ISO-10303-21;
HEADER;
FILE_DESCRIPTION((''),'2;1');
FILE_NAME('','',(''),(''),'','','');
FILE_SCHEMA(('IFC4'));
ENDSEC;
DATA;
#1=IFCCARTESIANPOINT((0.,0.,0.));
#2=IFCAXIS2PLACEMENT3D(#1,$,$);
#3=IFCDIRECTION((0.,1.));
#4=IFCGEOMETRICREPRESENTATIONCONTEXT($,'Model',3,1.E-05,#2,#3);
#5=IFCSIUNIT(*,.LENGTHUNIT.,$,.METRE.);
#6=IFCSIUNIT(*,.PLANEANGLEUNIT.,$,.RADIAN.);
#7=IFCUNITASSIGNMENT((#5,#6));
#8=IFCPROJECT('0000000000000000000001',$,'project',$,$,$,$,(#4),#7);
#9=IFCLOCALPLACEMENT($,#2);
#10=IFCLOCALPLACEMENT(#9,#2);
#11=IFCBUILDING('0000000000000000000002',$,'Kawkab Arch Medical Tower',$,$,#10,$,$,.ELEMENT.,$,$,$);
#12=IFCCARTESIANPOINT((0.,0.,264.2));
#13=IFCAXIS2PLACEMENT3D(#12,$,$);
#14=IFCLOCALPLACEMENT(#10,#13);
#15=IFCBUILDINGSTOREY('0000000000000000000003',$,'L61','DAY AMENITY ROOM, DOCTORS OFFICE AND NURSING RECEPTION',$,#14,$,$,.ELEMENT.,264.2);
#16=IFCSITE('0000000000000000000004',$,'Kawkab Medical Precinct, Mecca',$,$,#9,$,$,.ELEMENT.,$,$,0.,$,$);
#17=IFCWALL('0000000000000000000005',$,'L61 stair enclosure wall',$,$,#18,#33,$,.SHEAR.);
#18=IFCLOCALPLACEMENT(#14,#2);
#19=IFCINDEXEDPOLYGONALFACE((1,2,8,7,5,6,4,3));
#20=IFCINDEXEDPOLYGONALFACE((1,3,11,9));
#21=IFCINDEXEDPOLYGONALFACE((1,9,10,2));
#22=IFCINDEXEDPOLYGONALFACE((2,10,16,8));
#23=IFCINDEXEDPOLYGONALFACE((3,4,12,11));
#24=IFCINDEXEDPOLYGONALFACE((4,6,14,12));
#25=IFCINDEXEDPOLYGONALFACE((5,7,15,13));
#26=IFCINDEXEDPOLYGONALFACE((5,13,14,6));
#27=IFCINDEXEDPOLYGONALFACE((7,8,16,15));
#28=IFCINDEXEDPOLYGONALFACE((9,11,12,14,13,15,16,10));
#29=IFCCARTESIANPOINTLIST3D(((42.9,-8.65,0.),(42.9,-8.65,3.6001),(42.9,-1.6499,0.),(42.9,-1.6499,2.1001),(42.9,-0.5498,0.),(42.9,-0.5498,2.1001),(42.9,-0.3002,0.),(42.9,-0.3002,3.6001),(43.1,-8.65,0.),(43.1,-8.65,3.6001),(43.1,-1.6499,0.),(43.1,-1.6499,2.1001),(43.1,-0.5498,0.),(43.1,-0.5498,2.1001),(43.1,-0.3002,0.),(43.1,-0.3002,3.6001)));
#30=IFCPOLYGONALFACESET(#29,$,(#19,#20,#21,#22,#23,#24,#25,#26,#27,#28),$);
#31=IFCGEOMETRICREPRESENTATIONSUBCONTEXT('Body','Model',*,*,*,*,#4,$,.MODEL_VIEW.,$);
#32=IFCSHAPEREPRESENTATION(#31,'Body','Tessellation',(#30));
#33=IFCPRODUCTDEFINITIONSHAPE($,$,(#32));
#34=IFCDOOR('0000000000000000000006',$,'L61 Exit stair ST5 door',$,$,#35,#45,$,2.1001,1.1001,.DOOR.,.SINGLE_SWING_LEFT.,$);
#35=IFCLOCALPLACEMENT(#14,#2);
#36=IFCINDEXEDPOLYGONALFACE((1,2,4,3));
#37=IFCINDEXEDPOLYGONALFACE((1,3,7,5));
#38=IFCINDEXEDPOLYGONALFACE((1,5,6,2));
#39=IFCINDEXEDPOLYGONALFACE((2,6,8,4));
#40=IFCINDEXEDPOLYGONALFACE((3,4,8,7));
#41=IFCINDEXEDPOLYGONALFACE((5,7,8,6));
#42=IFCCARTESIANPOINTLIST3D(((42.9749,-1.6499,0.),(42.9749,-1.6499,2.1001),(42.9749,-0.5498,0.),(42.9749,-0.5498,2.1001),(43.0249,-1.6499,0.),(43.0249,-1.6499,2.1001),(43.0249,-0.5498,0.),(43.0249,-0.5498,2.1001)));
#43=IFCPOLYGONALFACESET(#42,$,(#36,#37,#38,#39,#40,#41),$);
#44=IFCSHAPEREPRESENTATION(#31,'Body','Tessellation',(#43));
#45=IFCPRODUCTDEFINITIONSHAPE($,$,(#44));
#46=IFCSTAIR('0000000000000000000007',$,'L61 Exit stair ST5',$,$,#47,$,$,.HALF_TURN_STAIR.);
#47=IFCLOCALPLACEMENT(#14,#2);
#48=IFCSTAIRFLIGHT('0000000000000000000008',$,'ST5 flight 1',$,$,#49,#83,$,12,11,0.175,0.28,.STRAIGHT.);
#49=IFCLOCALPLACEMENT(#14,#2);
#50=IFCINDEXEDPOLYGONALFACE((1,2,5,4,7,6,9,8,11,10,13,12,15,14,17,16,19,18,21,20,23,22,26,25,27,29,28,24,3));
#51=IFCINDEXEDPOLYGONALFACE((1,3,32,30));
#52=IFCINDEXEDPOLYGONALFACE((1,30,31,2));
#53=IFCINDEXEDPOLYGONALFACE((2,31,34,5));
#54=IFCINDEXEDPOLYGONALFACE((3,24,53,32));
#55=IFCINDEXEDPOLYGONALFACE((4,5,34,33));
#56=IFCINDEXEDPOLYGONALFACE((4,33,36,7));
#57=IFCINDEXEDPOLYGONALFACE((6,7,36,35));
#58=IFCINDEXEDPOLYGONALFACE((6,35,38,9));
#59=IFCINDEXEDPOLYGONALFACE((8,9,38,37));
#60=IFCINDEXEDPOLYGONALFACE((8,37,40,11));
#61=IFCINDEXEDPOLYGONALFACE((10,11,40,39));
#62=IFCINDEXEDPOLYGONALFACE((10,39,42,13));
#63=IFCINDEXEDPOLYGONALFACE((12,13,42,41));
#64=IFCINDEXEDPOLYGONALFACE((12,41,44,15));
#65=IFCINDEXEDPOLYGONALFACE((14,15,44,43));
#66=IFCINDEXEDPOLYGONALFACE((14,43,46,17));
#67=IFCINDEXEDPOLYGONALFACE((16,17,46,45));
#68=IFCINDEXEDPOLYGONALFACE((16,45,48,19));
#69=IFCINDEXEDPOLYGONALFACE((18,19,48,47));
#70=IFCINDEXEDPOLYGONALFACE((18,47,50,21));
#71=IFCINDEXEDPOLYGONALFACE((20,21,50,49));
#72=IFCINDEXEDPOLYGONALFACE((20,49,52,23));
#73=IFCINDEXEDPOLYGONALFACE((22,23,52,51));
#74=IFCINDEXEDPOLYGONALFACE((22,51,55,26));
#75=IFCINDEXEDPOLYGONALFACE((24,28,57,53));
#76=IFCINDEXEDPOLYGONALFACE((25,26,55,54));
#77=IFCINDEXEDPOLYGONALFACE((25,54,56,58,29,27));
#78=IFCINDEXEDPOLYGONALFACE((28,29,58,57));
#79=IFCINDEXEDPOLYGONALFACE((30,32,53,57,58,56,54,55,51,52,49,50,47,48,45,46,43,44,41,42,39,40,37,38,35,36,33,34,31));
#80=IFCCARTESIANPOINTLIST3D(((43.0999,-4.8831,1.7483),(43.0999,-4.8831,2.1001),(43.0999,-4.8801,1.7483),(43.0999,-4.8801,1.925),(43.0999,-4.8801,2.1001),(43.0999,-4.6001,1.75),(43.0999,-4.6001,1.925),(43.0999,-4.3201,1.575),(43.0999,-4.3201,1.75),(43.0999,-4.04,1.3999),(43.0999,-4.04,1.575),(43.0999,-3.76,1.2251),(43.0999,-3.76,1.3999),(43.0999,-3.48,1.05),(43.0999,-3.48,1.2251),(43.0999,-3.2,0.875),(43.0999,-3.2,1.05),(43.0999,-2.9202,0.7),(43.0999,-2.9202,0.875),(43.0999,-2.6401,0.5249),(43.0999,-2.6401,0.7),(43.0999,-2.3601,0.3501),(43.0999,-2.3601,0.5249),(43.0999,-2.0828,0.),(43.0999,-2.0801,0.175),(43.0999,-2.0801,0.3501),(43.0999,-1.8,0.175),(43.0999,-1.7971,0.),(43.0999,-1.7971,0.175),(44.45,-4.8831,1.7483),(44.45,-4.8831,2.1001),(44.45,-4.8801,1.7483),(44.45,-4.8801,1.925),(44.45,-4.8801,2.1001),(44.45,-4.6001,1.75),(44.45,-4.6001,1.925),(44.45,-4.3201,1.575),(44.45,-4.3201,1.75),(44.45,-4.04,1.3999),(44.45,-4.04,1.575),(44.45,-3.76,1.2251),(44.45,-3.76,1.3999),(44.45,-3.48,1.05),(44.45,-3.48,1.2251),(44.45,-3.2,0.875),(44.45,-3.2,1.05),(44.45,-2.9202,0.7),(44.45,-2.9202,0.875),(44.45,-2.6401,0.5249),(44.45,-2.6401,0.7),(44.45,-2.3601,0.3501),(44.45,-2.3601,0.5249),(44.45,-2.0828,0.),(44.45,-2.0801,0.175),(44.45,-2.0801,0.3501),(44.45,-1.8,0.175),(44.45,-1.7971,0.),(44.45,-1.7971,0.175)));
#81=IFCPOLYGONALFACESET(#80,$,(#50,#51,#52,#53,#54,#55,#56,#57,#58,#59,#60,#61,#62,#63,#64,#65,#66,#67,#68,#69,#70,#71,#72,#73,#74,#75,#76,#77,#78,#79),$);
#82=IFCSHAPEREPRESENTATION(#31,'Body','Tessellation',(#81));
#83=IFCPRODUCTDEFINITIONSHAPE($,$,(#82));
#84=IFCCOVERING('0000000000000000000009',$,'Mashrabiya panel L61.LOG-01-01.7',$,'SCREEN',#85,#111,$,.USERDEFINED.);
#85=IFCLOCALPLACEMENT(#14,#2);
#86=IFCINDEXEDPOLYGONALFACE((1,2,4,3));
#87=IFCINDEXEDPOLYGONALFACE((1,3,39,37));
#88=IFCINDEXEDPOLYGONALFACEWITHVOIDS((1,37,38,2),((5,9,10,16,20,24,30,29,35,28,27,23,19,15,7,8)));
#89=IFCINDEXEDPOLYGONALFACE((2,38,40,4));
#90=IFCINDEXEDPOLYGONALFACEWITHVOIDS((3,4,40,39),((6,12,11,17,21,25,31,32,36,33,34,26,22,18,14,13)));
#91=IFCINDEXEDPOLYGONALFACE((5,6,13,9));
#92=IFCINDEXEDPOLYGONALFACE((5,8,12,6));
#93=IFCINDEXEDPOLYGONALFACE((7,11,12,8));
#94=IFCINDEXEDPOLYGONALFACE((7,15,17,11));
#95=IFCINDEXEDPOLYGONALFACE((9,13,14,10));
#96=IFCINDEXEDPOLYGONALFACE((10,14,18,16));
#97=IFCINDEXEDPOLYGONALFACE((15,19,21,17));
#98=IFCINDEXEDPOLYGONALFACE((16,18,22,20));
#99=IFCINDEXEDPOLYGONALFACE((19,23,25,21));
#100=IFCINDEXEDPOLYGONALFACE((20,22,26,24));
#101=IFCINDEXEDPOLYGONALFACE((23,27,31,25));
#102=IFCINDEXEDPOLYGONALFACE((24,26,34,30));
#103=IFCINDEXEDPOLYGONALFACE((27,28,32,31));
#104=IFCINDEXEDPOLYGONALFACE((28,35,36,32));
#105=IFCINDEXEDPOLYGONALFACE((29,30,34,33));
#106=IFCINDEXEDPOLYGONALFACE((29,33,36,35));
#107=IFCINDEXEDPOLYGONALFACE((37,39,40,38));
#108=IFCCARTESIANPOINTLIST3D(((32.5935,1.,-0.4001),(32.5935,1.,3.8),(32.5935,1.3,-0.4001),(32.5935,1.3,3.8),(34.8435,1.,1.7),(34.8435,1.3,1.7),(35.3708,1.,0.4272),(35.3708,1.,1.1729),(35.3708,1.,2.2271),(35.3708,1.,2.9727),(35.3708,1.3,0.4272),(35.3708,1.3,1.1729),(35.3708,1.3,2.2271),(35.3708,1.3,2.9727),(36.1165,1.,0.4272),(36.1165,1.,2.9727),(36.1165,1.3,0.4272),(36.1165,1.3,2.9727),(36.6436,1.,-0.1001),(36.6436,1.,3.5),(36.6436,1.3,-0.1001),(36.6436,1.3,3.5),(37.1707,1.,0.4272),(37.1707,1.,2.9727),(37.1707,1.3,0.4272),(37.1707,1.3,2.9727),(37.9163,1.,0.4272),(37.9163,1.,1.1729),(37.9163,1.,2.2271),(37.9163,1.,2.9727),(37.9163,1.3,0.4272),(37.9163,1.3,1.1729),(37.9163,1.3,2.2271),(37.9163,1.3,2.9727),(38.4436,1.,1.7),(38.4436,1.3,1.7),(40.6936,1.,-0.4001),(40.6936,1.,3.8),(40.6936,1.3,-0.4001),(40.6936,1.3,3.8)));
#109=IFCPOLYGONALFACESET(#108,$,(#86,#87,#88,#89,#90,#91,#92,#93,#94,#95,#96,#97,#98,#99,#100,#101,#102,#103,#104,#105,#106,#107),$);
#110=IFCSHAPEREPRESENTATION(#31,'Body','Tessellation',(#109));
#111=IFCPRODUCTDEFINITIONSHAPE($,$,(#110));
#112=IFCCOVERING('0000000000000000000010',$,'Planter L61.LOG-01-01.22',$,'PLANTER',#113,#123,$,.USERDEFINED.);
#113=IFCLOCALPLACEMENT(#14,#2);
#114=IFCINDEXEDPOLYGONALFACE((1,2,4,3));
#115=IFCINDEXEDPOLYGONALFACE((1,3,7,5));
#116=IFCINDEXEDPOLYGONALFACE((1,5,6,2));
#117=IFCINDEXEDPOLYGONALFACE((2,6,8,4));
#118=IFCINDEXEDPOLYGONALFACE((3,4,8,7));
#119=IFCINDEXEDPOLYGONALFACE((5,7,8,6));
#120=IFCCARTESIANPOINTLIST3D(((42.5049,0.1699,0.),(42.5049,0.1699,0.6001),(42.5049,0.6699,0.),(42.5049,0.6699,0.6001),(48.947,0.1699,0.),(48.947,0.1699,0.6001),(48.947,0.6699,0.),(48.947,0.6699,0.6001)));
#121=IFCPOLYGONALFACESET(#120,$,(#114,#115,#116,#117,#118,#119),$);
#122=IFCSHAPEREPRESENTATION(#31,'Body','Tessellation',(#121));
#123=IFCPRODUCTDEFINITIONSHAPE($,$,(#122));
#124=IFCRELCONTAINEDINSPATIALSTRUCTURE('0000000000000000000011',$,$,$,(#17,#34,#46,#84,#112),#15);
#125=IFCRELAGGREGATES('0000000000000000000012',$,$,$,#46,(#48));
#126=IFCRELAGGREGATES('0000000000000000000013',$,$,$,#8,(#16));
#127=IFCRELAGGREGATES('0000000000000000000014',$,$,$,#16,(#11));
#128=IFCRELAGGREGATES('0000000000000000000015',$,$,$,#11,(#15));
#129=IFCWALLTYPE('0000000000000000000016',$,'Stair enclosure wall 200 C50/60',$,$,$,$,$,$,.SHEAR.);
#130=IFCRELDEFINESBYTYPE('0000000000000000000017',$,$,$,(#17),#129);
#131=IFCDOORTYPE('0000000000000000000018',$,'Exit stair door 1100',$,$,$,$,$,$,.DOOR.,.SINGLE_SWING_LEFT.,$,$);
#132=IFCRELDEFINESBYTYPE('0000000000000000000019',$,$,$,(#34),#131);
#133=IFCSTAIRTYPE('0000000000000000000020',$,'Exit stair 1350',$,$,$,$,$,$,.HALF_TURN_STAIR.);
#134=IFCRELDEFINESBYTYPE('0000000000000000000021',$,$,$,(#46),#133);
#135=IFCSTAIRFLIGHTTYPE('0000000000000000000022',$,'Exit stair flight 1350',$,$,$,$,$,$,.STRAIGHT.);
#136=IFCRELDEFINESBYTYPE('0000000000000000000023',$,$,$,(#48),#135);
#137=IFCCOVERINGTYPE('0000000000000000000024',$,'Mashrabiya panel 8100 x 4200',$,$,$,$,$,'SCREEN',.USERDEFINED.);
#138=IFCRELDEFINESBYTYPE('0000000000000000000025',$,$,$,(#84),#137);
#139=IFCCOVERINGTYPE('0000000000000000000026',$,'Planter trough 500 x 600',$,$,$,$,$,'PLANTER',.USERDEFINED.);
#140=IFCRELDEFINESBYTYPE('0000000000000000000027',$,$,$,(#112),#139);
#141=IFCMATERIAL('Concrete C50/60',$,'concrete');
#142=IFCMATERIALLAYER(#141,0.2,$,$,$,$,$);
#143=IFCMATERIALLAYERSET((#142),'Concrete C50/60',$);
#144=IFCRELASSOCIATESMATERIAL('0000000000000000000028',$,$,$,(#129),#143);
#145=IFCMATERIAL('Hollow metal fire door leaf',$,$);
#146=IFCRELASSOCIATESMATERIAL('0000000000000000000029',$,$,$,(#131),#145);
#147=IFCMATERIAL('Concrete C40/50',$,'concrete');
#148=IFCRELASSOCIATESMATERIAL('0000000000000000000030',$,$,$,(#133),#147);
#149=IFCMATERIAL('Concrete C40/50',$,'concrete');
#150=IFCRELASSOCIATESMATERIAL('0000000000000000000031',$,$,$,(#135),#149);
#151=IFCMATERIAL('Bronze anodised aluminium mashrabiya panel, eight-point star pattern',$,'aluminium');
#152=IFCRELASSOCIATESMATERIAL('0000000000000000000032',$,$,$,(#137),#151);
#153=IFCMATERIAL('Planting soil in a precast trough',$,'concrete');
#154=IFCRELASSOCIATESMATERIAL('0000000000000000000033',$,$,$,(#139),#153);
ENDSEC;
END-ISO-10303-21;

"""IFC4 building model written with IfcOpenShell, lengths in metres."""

from ifc_helpers import new_model, si_unit, direction, frame, frame_2d, origin, origin_2d, place, context, subcontext, project, spatial, polyline, rectangle, outline, extrude, material, layer, layer_set, material_profile, profile_set, type_object, element, fill, aggregate, save


model = new_model("IFC4")

# Units and contexts
model_context = context("Model", 3, precision=1e-05, world=origin(), true_north=direction((0.0, 1.0)))
body_context = subcontext(model_context, "Body", "Model", "MODEL_VIEW")
ifc_project = project(units=[si_unit("LENGTHUNIT", "METRE"), si_unit("PLANEANGLEUNIT", "RADIAN")], contexts=[model_context])

# Site, building, storey
site_placement = place(None, origin())
site = spatial("IfcSite", under=ifc_project, at=site_placement, Name="Kawkab Medical Precinct, Mecca", CompositionType="ELEMENT", RefElevation=0.0)
building_placement = place(site_placement, origin())
building = spatial("IfcBuilding", under=site, at=building_placement, Name="Kawkab Arch Medical Tower", CompositionType="ELEMENT")
storey_placement = place(building_placement, frame((0.0, 0.0, 264.2)))
storey = spatial("IfcBuildingStorey", under=building, at=storey_placement, Name="L61", Description="DAY AMENITY ROOM, DOCTORS OFFICE AND NURSING RECEPTION", CompositionType="ELEMENT", Elevation=264.2)

# Shared definitions
placement = place(storey_placement, origin())

# Wall, opening, door
ifc_material_1 = material(Name="Concrete C50/60", Category="concrete")
ifc_layer_1 = layer(ifc_material_1, 0.2)
ifc_layer_set_1 = layer_set([ifc_layer_1], Name="Concrete C50/60")
wall_type_1 = type_object("IfcWallType", Name="Stair enclosure wall 200 C50/60", PredefinedType="SHEAR", material=ifc_layer_set_1)
wall_1_placement = place(storey_placement, frame((43.0, -8.6499, 0.0), z_axis=(0.0, 0.0, 1.0), x_axis=(0.0, 1.0, 0.0)))
wall_1 = element("IfcWall", 1, at=wall_1_placement, inside=storey, type_object=wall_type_1, Name="L61 stair enclosure wall", PredefinedType="SHEAR", context=body_context, shape_type="SweptSolid", body=[
    extrude(rectangle(XDim=8.3499, YDim=0.2, at=frame_2d((4.1748, 0.0))), origin(), (0.0, 0.0, 1.0), 3.6001),
])
opening_1_placement = place(wall_1_placement, frame((7.0, 0.0, 0.0)))
opening_1 = element("IfcOpeningElement", 2, at=opening_1_placement, cuts=wall_1, PredefinedType="OPENING", context=body_context, shape_type="SweptSolid", body=[
    extrude(rectangle(XDim=1.1001, YDim=2.1001, at=frame_2d((0.55, 1.05))), frame((0.0, 0.1099, 0.0), z_axis=(0.0, -1.0, 0.0), x_axis=(1.0, 0.0, 0.0)), (0.0, 0.0, 1.0), 0.22),
])
ifc_material_2 = material(Name="Hollow metal fire door leaf")
door_type_1 = type_object("IfcDoorType", Name="Exit stair door 1100", OperationType="SINGLE_SWING_LEFT", PredefinedType="DOOR", material=ifc_material_2)
door_1_placement = place(opening_1_placement, frame((1.1001, 0.0, 0.0), z_axis=(0.0, 0.0, 1.0), x_axis=(-1.0, 0.0, 0.0)))
door_1 = element("IfcDoor", 3, at=door_1_placement, inside=storey, type_object=door_type_1, Name="L61 Exit stair ST5 door", OperationType="SINGLE_SWING_LEFT", OverallHeight=2.1001, OverallWidth=1.1001, PredefinedType="DOOR", context=body_context, shape_type="SweptSolid", body=[
    extrude(rectangle(XDim=1.1001, YDim=2.1001, at=frame_2d((0.55, 1.05))), frame((0.0, 0.0249, 0.0), z_axis=(0.0, -1.0, 0.0), x_axis=(1.0, 0.0, 0.0)), (0.0, 0.0, 1.0), 0.05),
])
fill(opening_1, door_1)

# Stair, stair flight
ifc_material_3 = material(Name="Concrete C40/50", Category="concrete")
stair_type = type_object("IfcStairType", Name="Exit stair 1350", PredefinedType="HALF_TURN_STAIR", material=ifc_material_3)
stair = element("IfcStair", 4, at=placement, inside=storey, type_object=stair_type, Name="L61 Exit stair ST5", PredefinedType="HALF_TURN_STAIR")
ifc_material_4 = material(Name="Concrete C40/50", Category="concrete")
stair_flight_type = type_object("IfcStairFlightType", Name="Exit stair flight 1350", PredefinedType="STRAIGHT", material=ifc_material_4)
stair_flight_placement = place(storey_placement, frame((43.7749, -1.8, 0.0), z_axis=(0.0, 0.0, 1.0), x_axis=(0.0, -1.0, 0.0)))
stair_flight = element("IfcStairFlight", 5, at=stair_flight_placement, type_object=stair_flight_type, Name="ST5 flight 1", NumberOfRisers=12, NumberOfTreads=11, PredefinedType="STRAIGHT", RiserHeight=0.175, TreadLength=0.28, context=body_context, shape_type="SweptSolid", body=[
    extrude(outline(polyline([(-0.0029, 0.0), (-0.0029, 0.175), (0.0, 0.175), (0.28, 0.175), (0.28, 0.3501), (0.5601, 0.3501), (0.5601, 0.5249), (0.8401, 0.5249), (0.8401, 0.7), (1.1201, 0.7), (1.1201, 0.875), (1.3999, 0.875), (1.3999, 1.05), (1.6799, 1.05), (1.6799, 1.2251), (1.96, 1.2251), (1.96, 1.3999), (2.24, 1.3999), (2.24, 1.575), (2.52, 1.575), (2.52, 1.75), (2.8, 1.75), (2.8, 1.925), (3.0801, 1.925), (3.0801, 2.1001), (3.083, 2.1001), (3.083, 1.7483), (3.0801, 1.7483), (0.2827, 0.0), (-0.0029, 0.0)])), frame((0.0, 0.675, 0.0), z_axis=(0.0, -1.0, 0.0), x_axis=(1.0, 0.0, 0.0)), (0.0, 0.0, 1.0), 1.3501),
])
aggregate(stair, [stair_flight])

# Coverings
ifc_material_5 = material(Name="Bronze anodised aluminium mashrabiya panel, eight-point star pattern", Category="aluminium")
ifc_material_profile_1 = material_profile(ifc_material_5, outline(polyline([(-4.05, -2.1001), (4.05, -2.1001), (4.05, 2.1001), (-4.05, 2.1001), (-4.05, -2.1001)]), holes=[polyline([(1.8, 0.0), (1.2727, 0.5271), (1.2727, 1.2727), (0.5271, 1.2727), (0.0, 1.8), (-0.5271, 1.2727), (-1.2727, 1.2727), (-1.2727, 0.5271), (-1.8, 0.0), (-1.2727, -0.5271), (-1.2727, -1.2727), (-0.5271, -1.2727), (0.0, -1.8), (0.5271, -1.2727), (1.2727, -1.2727), (1.2727, -0.5271), (1.8, 0.0)])]), Name="Mashrabiya panel 8100x4200")
ifc_profile_set_1 = profile_set([ifc_material_profile_1], Name="Bronze anodised aluminium mashrabiya panel, eight-point star pattern")
covering_type_1 = type_object("IfcCoveringType", Name="Mashrabiya panel 8100 x 4200", ElementType="SCREEN", PredefinedType="USERDEFINED", material=ifc_profile_set_1)
covering_1_placement = place(storey_placement, frame((36.6436, 1.0, 1.7), z_axis=(0.0, 1.0, 0.0), x_axis=(-1.0, 0.0, 0.0)))
element("IfcCovering", 6, at=covering_1_placement, inside=storey, type_object=covering_type_1, Name="Mashrabiya panel L61.LOG-01-01.7", ObjectType="SCREEN", PredefinedType="USERDEFINED", context=body_context, shape_type="SweptSolid", body=[
    extrude(outline(polyline([(-4.05, -2.1001), (4.05, -2.1001), (4.05, 2.1001), (-4.05, 2.1001), (-4.05, -2.1001)]), holes=[polyline([(1.8, 0.0), (1.2727, 0.5271), (1.2727, 1.2727), (0.5271, 1.2727), (0.0, 1.8), (-0.5271, 1.2727), (-1.2727, 1.2727), (-1.2727, 0.5271), (-1.8, 0.0), (-1.2727, -0.5271), (-1.2727, -1.2727), (-0.5271, -1.2727), (0.0, -1.8), (0.5271, -1.2727), (1.2727, -1.2727), (1.2727, -0.5271), (1.8, 0.0)])]), origin(), (0.0, 0.0, 1.0), 0.3),
])
ifc_material_6 = material(Name="Planting soil in a precast trough", Category="concrete")
ifc_material_profile_2 = material_profile(ifc_material_6, rectangle(XDim=0.5, YDim=0.6001, at=origin_2d()), Name="Trough 500x600")
ifc_profile_set_2 = profile_set([ifc_material_profile_2], Name="Planting soil in a precast trough")
covering_type_2 = type_object("IfcCoveringType", Name="Planter trough 500 x 600", ElementType="PLANTER", PredefinedType="USERDEFINED", material=ifc_profile_set_2)
covering_2_placement = place(storey_placement, frame((42.5049, 0.4199, 0.3), z_axis=(1.0, 0.0, 0.0), x_axis=(0.0, 1.0, 0.0)))
element("IfcCovering", 7, at=covering_2_placement, inside=storey, type_object=covering_type_2, Name="Planter L61.LOG-01-01.22", ObjectType="PLANTER", PredefinedType="USERDEFINED", context=body_context, shape_type="SweptSolid", body=[
    extrude(rectangle(XDim=0.5, YDim=0.6001, at=origin_2d()), origin(), (0.0, 0.0, 1.0), 6.4421),
])

save(model, "model.ifc")
